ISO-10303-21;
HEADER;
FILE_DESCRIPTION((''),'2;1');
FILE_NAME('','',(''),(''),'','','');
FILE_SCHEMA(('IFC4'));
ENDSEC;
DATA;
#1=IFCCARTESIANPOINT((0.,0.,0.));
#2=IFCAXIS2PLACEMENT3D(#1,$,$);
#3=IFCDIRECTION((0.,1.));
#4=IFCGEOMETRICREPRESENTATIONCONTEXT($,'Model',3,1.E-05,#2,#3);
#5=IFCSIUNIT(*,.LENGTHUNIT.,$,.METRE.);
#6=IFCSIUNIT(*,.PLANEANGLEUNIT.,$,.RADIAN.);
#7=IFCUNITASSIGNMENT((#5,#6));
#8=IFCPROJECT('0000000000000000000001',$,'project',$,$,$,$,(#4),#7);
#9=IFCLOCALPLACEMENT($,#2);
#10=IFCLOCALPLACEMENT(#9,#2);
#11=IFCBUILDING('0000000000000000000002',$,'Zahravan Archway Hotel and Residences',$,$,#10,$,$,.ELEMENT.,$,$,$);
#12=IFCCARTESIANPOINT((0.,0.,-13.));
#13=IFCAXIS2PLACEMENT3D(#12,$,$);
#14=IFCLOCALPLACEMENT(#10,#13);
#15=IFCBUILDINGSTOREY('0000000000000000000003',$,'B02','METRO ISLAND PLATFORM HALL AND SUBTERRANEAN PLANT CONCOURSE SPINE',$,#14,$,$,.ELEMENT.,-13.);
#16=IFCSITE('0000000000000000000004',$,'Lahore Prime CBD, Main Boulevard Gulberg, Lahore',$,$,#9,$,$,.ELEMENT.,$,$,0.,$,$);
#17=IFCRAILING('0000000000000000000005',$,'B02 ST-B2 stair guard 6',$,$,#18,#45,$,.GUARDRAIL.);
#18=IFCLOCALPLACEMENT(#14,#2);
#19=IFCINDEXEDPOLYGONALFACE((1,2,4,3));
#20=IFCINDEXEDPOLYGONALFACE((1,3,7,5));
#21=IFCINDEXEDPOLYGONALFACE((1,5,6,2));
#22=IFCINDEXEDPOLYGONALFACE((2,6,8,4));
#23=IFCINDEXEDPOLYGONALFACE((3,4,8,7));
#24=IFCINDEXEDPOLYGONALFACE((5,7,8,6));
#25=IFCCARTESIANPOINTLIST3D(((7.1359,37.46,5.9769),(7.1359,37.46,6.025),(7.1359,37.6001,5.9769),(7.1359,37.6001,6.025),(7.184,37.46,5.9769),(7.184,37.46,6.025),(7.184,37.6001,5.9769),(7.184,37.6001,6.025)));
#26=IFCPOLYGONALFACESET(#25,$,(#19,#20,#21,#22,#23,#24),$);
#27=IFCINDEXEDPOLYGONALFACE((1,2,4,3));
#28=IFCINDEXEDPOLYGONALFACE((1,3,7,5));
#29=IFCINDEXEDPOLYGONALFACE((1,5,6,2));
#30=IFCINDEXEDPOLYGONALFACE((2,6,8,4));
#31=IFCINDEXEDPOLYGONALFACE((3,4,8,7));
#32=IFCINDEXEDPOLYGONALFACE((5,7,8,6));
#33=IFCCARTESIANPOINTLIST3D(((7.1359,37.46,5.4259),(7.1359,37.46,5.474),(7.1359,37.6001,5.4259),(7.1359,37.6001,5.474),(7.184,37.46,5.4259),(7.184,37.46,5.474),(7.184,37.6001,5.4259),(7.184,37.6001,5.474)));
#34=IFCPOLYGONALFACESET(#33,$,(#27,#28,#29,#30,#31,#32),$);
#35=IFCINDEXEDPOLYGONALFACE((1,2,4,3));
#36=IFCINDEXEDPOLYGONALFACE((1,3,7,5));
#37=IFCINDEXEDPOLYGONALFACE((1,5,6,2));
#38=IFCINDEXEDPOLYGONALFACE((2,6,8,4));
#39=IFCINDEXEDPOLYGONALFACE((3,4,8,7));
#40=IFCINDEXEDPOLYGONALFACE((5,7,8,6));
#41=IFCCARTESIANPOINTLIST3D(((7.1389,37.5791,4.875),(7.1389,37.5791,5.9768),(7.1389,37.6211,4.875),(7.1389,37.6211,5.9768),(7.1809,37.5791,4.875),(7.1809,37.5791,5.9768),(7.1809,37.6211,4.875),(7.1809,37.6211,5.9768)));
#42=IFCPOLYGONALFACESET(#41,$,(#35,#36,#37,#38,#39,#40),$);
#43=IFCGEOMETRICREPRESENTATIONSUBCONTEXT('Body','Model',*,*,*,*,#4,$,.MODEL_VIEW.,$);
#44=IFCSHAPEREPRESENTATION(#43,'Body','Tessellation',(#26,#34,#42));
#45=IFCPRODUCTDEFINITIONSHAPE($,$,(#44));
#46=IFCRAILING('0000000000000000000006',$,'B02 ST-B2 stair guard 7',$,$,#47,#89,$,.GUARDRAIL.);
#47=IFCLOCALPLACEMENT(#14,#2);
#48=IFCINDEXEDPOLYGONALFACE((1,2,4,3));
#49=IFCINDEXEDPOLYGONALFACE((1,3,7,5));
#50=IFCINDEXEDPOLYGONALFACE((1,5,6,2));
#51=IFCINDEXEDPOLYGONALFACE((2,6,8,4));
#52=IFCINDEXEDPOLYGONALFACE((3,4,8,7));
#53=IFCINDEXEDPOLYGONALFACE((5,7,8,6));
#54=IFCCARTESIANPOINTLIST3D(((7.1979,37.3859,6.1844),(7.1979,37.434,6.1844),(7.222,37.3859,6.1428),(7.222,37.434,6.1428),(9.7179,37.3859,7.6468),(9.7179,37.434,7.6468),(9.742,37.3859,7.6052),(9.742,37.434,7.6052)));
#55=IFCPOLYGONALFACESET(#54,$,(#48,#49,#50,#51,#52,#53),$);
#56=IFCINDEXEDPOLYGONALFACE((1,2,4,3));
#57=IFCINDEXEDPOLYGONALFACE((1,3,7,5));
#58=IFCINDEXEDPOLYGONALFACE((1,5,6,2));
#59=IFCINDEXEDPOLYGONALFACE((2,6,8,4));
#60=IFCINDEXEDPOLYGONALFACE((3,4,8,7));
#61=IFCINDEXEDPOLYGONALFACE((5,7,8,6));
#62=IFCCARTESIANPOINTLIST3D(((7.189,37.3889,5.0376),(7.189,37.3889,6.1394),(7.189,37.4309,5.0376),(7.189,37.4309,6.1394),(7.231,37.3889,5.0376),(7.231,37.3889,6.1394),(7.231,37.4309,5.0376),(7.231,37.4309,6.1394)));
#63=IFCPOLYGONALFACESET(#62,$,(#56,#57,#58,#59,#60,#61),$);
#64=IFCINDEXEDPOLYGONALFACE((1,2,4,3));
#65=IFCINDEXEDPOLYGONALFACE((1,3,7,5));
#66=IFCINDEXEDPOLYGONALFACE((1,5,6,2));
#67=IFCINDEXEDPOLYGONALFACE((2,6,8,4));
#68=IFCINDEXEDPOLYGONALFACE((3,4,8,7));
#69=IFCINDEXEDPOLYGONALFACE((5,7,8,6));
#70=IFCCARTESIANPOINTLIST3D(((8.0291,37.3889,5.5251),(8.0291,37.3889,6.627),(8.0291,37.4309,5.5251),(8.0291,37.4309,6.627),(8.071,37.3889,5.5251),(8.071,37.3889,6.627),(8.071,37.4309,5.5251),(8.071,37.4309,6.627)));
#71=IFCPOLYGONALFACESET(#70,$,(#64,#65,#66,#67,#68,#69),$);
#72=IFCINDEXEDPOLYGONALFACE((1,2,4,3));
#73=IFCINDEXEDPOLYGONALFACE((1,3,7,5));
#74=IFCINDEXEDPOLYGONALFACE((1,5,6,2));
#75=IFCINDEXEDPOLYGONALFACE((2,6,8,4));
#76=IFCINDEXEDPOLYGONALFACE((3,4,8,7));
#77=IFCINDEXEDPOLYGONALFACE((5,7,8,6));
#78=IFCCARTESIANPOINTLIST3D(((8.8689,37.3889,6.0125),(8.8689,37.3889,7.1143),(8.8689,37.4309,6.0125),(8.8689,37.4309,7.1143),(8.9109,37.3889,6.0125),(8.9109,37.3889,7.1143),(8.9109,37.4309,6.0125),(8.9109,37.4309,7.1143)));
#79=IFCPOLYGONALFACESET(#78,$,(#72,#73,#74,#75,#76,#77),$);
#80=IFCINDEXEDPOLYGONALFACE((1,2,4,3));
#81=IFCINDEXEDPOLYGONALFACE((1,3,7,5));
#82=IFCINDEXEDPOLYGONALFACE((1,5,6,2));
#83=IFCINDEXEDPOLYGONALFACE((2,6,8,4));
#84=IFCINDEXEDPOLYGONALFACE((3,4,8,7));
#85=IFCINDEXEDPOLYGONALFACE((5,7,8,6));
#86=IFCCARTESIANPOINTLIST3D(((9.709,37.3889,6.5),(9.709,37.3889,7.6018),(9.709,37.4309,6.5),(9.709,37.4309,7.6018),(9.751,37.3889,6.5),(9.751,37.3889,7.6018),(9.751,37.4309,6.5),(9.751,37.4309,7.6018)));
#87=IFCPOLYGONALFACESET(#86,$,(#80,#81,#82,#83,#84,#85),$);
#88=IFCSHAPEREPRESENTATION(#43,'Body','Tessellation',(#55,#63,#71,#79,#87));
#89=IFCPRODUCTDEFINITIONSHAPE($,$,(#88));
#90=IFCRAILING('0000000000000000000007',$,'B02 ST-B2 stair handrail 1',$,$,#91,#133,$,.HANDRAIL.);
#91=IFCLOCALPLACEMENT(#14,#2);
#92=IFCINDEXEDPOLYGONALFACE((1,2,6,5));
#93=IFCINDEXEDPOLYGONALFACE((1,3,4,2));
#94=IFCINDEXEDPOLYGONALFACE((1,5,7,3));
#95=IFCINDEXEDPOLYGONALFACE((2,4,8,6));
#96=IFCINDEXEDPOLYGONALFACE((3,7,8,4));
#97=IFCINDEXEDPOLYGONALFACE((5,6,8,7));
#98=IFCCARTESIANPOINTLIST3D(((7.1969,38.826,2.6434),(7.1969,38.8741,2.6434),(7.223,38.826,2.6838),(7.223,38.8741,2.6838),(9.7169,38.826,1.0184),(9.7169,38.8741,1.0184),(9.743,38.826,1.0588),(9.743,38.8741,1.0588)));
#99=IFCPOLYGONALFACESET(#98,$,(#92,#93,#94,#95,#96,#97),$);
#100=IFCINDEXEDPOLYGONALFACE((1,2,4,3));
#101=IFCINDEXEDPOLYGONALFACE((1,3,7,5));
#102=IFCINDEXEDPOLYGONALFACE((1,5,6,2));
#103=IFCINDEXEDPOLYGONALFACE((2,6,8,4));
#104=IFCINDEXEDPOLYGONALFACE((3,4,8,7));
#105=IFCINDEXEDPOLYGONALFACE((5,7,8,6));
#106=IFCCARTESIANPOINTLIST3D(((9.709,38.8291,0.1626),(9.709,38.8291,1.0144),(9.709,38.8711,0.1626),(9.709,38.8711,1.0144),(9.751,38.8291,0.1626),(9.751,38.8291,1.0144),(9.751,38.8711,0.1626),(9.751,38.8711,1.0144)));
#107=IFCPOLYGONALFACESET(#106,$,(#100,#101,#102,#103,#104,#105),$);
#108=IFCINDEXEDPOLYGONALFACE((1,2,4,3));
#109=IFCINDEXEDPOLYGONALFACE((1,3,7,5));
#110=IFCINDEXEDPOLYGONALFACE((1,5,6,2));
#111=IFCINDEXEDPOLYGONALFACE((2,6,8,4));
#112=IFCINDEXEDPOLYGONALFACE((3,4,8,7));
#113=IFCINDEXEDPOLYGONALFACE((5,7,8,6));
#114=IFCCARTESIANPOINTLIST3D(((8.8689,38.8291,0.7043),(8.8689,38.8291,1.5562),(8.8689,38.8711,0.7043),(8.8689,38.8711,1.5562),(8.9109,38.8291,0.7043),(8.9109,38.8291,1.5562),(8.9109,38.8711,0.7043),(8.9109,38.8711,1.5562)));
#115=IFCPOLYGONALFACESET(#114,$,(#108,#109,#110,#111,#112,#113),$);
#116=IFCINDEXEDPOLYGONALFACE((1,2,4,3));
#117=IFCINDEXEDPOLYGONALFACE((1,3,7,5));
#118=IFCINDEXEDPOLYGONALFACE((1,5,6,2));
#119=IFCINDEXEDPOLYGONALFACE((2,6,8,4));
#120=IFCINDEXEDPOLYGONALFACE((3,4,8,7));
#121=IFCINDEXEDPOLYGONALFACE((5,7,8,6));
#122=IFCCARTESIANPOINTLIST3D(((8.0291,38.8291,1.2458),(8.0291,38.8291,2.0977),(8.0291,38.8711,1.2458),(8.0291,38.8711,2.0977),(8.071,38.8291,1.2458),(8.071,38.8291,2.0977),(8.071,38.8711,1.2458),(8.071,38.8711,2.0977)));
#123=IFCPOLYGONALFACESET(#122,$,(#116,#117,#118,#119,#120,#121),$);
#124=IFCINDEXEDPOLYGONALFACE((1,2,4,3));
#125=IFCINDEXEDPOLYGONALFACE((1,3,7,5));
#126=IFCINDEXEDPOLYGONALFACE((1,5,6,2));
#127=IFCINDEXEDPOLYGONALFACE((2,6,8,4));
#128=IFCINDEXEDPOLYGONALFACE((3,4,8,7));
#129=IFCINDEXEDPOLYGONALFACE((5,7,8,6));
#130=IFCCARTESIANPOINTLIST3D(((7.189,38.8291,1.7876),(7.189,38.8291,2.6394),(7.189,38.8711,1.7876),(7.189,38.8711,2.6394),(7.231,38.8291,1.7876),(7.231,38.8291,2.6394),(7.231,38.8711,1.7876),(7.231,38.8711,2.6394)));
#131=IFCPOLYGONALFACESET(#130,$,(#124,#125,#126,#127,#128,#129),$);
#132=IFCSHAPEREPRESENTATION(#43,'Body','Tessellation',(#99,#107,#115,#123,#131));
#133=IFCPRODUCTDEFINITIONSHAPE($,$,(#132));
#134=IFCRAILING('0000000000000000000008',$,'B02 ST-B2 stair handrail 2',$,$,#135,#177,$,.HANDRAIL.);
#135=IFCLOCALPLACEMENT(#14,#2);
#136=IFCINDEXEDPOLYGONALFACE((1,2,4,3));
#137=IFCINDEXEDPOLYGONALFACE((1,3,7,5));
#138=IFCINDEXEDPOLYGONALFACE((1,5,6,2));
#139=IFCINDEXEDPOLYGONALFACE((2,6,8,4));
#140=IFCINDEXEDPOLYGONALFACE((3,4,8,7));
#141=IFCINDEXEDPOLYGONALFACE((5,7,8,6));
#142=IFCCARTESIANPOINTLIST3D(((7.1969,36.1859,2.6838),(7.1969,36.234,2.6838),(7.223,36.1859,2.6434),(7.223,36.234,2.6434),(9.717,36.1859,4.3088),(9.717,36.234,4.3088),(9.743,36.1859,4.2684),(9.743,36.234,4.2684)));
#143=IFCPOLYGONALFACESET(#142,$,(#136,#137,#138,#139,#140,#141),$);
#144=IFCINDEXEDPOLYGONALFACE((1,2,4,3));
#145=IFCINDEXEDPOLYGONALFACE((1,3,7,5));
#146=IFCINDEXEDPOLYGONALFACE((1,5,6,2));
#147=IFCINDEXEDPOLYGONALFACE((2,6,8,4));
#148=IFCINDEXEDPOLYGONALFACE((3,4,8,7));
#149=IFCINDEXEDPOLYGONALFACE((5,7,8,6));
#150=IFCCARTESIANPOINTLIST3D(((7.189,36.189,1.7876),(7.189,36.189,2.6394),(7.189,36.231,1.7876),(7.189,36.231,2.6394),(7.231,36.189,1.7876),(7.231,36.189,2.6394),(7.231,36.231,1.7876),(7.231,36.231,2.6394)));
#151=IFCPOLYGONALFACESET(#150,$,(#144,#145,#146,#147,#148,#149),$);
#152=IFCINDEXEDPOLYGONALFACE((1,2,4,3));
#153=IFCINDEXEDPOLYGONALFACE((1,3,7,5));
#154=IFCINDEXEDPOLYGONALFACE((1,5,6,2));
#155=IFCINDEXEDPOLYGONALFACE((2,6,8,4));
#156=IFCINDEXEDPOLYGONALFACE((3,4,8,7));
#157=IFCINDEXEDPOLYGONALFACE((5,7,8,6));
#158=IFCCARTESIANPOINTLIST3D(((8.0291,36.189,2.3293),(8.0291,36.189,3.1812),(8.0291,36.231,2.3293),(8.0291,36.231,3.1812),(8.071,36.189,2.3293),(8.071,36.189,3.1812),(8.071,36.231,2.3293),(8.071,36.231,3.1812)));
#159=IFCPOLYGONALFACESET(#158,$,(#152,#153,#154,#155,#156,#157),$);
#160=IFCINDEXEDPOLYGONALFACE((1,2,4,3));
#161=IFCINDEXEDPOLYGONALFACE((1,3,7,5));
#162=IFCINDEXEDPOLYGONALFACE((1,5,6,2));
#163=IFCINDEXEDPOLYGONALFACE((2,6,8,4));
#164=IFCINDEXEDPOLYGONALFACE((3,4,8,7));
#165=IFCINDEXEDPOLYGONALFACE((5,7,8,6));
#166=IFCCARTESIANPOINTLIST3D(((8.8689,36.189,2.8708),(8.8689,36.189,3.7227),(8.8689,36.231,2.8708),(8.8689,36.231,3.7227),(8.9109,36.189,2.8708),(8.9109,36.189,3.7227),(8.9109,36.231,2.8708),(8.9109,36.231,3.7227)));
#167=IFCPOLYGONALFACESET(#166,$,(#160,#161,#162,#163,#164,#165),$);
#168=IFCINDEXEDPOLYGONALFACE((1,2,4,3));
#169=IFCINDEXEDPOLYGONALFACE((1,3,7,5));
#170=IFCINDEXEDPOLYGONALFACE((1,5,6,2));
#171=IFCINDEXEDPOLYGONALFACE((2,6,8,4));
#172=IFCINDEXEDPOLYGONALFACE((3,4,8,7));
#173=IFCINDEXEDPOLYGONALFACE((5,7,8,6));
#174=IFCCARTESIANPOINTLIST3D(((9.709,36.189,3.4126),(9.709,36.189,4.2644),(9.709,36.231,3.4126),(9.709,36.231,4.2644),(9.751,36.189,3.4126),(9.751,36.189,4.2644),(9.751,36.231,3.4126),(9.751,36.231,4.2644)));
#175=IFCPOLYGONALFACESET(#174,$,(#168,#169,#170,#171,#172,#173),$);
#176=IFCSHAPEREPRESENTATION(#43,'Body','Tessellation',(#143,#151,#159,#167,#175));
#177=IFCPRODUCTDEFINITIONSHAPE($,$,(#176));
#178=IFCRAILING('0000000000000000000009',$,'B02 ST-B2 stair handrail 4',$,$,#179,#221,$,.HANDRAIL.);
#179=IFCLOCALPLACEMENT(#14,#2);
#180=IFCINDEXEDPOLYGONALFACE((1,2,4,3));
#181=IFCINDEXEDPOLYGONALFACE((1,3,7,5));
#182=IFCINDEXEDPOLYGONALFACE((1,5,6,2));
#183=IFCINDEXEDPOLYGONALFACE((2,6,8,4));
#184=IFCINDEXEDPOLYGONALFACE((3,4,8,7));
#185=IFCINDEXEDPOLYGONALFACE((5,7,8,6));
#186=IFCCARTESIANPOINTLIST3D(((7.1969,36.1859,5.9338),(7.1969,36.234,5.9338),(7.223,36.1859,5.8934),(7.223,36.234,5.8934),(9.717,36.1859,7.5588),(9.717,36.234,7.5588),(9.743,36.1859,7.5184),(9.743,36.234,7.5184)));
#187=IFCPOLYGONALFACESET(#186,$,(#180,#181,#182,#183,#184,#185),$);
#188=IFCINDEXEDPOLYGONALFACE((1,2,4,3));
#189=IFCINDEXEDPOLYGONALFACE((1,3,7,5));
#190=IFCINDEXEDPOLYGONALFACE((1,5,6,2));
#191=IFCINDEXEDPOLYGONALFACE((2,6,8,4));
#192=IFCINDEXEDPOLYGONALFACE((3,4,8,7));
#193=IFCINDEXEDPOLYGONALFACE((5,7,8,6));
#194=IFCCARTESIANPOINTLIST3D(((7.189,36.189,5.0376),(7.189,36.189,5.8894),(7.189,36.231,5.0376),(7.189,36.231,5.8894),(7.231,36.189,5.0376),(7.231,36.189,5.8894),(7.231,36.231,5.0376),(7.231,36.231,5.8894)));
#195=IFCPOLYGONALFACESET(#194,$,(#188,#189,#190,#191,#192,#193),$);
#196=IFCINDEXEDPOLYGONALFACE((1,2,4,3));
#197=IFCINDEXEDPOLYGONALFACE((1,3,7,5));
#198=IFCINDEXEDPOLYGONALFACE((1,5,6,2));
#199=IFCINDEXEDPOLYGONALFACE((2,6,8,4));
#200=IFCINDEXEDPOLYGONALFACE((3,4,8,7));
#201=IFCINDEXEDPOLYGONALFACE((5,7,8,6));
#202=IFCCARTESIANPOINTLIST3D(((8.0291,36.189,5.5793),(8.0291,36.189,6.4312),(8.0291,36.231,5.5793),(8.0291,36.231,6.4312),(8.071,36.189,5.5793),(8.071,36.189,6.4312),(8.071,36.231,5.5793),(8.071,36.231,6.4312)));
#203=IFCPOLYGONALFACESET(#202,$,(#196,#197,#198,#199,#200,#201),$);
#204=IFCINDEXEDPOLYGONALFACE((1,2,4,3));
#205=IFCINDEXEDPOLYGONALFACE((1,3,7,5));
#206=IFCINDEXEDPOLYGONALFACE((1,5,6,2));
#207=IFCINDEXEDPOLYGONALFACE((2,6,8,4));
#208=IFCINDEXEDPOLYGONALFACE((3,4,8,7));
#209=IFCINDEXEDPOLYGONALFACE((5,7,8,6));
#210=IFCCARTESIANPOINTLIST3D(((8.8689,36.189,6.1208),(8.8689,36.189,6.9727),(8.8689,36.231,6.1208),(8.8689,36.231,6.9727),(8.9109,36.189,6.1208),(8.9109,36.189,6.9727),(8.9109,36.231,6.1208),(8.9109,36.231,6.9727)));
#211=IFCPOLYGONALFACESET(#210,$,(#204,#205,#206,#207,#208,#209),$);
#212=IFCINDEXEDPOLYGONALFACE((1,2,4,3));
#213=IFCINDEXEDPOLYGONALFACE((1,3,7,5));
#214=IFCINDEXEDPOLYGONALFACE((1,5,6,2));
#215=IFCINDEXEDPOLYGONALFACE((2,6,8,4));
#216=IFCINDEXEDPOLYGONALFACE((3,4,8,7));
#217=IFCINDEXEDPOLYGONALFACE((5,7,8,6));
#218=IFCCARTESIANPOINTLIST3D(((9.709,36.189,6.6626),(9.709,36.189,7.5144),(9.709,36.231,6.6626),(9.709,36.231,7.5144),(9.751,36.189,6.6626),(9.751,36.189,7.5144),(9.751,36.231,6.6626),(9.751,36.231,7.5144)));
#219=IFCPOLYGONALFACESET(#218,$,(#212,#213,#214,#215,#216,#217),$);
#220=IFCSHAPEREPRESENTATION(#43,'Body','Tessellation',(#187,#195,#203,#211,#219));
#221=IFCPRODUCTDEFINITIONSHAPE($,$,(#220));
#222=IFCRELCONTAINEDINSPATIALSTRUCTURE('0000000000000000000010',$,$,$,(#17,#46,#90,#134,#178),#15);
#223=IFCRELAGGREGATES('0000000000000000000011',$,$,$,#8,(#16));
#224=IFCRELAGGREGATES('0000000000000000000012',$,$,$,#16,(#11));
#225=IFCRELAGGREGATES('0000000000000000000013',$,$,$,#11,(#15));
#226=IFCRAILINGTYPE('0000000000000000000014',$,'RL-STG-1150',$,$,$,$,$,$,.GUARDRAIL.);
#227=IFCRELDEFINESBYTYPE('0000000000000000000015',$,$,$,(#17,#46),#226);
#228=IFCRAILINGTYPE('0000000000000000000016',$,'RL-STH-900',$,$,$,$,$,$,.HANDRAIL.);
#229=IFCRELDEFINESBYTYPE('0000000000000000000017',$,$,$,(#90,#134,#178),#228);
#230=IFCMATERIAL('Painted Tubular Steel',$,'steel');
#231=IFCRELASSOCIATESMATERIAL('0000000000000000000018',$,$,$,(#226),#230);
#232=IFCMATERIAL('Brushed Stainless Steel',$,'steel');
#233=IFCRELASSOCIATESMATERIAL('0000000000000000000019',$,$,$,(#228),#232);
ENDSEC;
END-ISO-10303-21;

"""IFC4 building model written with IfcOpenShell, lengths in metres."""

from ifc_helpers import new_model, si_unit, direction, frame, origin, origin_2d, place, context, subcontext, project, spatial, rectangle, extrude, material, type_object, element, save


model = new_model("IFC4")

# Units and contexts
model_context = context("Model", 3, precision=1e-05, world=origin(), true_north=direction((0.0, 1.0)))
body_context = subcontext(model_context, "Body", "Model", "MODEL_VIEW")
ifc_project = project(units=[si_unit("LENGTHUNIT", "METRE"), si_unit("PLANEANGLEUNIT", "RADIAN")], contexts=[model_context])

# Site, building, storey
site_placement = place(None, origin())
site = spatial("IfcSite", under=ifc_project, at=site_placement, Name="Lahore Prime CBD, Main Boulevard Gulberg, Lahore", CompositionType="ELEMENT", RefElevation=0.0)
building_placement = place(site_placement, origin())
building = spatial("IfcBuilding", under=site, at=building_placement, Name="Zahravan Archway Hotel and Residences", CompositionType="ELEMENT")
storey_placement = place(building_placement, frame((0.0, 0.0, -13.0)))
storey = spatial("IfcBuildingStorey", under=building, at=storey_placement, Name="B02", Description="METRO ISLAND PLATFORM HALL AND SUBTERRANEAN PLANT CONCOURSE SPINE", CompositionType="ELEMENT", Elevation=-13.0)

# Railings
ifc_material_1 = material(Name="Painted Tubular Steel", Category="steel")
railing_type_1 = type_object("IfcRailingType", Name="RL-STG-1150", PredefinedType="GUARDRAIL", material=ifc_material_1)
railing_1_placement = place(storey_placement, frame((7.1599, 37.6001, 4.875)))
element("IfcRailing", 1, at=railing_1_placement, inside=storey, type_object=railing_type_1, Name="B02 ST-B2 stair guard 6", PredefinedType="GUARDRAIL", context=body_context, shape_type="SweptSolid", body=[
    extrude(rectangle(XDim=0.0481, YDim=0.0481, at=origin_2d()), frame((0.0, 0.0, 1.126), z_axis=(0.0, -1.0, 0.0), x_axis=(1.0, 0.0, 0.0)), (0.0, 0.0, 1.0), 0.1401),
    extrude(rectangle(XDim=0.0481, YDim=0.0481, at=origin_2d()), frame((0.0, 0.0, 0.575), z_axis=(0.0, -1.0, 0.0), x_axis=(1.0, 0.0, 0.0)), (0.0, 0.0, 1.0), 0.1401),
    extrude(rectangle(XDim=0.042, YDim=0.042, at=origin_2d()), origin(), (0.0, 0.0, 1.0), 1.1018),
])
railing_2_placement = place(storey_placement, frame((7.21, 37.4099, 5.0376)))
element("IfcRailing", 2, at=railing_2_placement, inside=storey, type_object=railing_type_1, Name="B02 ST-B2 stair guard 7", PredefinedType="GUARDRAIL", context=body_context, shape_type="SweptSolid", body=[
    extrude(rectangle(XDim=0.0481, YDim=0.0481, at=origin_2d()), frame((0.0, 0.0, 1.126), z_axis=(0.864913, 0.0, 0.501921), x_axis=(0.0, 1.0, 0.0)), (0.0, 0.0, 1.0), 2.9136),
    extrude(rectangle(XDim=0.042, YDim=0.042, at=origin_2d()), origin(), (0.0, 0.0, 1.0), 1.1018),
    extrude(rectangle(XDim=0.042, YDim=0.042, at=origin_2d()), frame((0.8401, 0.0, 0.4875)), (0.0, 0.0, 1.0), 1.1018),
    extrude(rectangle(XDim=0.042, YDim=0.042, at=origin_2d()), frame((1.6799, 0.0, 0.9749)), (0.0, 0.0, 1.0), 1.1018),
    extrude(rectangle(XDim=0.042, YDim=0.042, at=origin_2d()), frame((2.52, 0.0, 1.4624)), (0.0, 0.0, 1.0), 1.1018),
])
ifc_material_2 = material(Name="Brushed Stainless Steel", Category="steel")
railing_type_2 = type_object("IfcRailingType", Name="RL-STH-900", PredefinedType="HANDRAIL", material=ifc_material_2)
railing_3_placement = place(storey_placement, frame((9.73, 38.8501, 0.1626)))
element("IfcRailing", 3, at=railing_3_placement, inside=storey, type_object=railing_type_2, Name="B02 ST-B2 stair handrail 1", PredefinedType="HANDRAIL", context=body_context, shape_type="SweptSolid", body=[
    extrude(rectangle(XDim=0.0481, YDim=0.0481, at=origin_2d()), frame((0.0, 0.0, 0.876), z_axis=(-0.840421, 0.0, 0.541934), x_axis=(0.0, -1.0, 0.0)), (0.0, 0.0, 1.0), 2.9985),
    extrude(rectangle(XDim=0.042, YDim=0.042, at=origin_2d()), origin(), (0.0, 0.0, 1.0), 0.8518),
    extrude(rectangle(XDim=0.042, YDim=0.042, at=origin_2d()), frame((-0.8401, 0.0, 0.5417)), (0.0, 0.0, 1.0), 0.8518),
    extrude(rectangle(XDim=0.042, YDim=0.042, at=origin_2d()), frame((-1.6799, 0.0, 1.0833)), (0.0, 0.0, 1.0), 0.8518),
    extrude(rectangle(XDim=0.042, YDim=0.042, at=origin_2d()), frame((-2.52, 0.0, 1.625)), (0.0, 0.0, 1.0), 0.8518),
])
for number, where, name in (
    (4, (7.21, 36.21, 1.7876), "B02 ST-B2 stair handrail 2"),
    (5, (7.21, 36.21, 5.0376), "B02 ST-B2 stair handrail 4"),
):
    element("IfcRailing", number, at=place(storey_placement, frame(where)), inside=storey, type_object=railing_type_2, Name=name, PredefinedType="HANDRAIL", context=body_context, shape_type="SweptSolid", body=[
        extrude(rectangle(XDim=0.0481, YDim=0.0481, at=origin_2d()), frame((0.0, 0.0, 0.876), z_axis=(0.840421, 0.0, 0.541934), x_axis=(0.0, 1.0, 0.0)), (0.0, 0.0, 1.0), 2.9985),
        extrude(rectangle(XDim=0.042, YDim=0.042, at=origin_2d()), origin(), (0.0, 0.0, 1.0), 0.8518),
        extrude(rectangle(XDim=0.042, YDim=0.042, at=origin_2d()), frame((0.8401, 0.0, 0.5417)), (0.0, 0.0, 1.0), 0.8518),
        extrude(rectangle(XDim=0.042, YDim=0.042, at=origin_2d()), frame((1.6799, 0.0, 1.0833)), (0.0, 0.0, 1.0), 0.8518),
        extrude(rectangle(XDim=0.042, YDim=0.042, at=origin_2d()), frame((2.52, 0.0, 1.625)), (0.0, 0.0, 1.0), 0.8518),
    ])

save(model, "model.ifc")
